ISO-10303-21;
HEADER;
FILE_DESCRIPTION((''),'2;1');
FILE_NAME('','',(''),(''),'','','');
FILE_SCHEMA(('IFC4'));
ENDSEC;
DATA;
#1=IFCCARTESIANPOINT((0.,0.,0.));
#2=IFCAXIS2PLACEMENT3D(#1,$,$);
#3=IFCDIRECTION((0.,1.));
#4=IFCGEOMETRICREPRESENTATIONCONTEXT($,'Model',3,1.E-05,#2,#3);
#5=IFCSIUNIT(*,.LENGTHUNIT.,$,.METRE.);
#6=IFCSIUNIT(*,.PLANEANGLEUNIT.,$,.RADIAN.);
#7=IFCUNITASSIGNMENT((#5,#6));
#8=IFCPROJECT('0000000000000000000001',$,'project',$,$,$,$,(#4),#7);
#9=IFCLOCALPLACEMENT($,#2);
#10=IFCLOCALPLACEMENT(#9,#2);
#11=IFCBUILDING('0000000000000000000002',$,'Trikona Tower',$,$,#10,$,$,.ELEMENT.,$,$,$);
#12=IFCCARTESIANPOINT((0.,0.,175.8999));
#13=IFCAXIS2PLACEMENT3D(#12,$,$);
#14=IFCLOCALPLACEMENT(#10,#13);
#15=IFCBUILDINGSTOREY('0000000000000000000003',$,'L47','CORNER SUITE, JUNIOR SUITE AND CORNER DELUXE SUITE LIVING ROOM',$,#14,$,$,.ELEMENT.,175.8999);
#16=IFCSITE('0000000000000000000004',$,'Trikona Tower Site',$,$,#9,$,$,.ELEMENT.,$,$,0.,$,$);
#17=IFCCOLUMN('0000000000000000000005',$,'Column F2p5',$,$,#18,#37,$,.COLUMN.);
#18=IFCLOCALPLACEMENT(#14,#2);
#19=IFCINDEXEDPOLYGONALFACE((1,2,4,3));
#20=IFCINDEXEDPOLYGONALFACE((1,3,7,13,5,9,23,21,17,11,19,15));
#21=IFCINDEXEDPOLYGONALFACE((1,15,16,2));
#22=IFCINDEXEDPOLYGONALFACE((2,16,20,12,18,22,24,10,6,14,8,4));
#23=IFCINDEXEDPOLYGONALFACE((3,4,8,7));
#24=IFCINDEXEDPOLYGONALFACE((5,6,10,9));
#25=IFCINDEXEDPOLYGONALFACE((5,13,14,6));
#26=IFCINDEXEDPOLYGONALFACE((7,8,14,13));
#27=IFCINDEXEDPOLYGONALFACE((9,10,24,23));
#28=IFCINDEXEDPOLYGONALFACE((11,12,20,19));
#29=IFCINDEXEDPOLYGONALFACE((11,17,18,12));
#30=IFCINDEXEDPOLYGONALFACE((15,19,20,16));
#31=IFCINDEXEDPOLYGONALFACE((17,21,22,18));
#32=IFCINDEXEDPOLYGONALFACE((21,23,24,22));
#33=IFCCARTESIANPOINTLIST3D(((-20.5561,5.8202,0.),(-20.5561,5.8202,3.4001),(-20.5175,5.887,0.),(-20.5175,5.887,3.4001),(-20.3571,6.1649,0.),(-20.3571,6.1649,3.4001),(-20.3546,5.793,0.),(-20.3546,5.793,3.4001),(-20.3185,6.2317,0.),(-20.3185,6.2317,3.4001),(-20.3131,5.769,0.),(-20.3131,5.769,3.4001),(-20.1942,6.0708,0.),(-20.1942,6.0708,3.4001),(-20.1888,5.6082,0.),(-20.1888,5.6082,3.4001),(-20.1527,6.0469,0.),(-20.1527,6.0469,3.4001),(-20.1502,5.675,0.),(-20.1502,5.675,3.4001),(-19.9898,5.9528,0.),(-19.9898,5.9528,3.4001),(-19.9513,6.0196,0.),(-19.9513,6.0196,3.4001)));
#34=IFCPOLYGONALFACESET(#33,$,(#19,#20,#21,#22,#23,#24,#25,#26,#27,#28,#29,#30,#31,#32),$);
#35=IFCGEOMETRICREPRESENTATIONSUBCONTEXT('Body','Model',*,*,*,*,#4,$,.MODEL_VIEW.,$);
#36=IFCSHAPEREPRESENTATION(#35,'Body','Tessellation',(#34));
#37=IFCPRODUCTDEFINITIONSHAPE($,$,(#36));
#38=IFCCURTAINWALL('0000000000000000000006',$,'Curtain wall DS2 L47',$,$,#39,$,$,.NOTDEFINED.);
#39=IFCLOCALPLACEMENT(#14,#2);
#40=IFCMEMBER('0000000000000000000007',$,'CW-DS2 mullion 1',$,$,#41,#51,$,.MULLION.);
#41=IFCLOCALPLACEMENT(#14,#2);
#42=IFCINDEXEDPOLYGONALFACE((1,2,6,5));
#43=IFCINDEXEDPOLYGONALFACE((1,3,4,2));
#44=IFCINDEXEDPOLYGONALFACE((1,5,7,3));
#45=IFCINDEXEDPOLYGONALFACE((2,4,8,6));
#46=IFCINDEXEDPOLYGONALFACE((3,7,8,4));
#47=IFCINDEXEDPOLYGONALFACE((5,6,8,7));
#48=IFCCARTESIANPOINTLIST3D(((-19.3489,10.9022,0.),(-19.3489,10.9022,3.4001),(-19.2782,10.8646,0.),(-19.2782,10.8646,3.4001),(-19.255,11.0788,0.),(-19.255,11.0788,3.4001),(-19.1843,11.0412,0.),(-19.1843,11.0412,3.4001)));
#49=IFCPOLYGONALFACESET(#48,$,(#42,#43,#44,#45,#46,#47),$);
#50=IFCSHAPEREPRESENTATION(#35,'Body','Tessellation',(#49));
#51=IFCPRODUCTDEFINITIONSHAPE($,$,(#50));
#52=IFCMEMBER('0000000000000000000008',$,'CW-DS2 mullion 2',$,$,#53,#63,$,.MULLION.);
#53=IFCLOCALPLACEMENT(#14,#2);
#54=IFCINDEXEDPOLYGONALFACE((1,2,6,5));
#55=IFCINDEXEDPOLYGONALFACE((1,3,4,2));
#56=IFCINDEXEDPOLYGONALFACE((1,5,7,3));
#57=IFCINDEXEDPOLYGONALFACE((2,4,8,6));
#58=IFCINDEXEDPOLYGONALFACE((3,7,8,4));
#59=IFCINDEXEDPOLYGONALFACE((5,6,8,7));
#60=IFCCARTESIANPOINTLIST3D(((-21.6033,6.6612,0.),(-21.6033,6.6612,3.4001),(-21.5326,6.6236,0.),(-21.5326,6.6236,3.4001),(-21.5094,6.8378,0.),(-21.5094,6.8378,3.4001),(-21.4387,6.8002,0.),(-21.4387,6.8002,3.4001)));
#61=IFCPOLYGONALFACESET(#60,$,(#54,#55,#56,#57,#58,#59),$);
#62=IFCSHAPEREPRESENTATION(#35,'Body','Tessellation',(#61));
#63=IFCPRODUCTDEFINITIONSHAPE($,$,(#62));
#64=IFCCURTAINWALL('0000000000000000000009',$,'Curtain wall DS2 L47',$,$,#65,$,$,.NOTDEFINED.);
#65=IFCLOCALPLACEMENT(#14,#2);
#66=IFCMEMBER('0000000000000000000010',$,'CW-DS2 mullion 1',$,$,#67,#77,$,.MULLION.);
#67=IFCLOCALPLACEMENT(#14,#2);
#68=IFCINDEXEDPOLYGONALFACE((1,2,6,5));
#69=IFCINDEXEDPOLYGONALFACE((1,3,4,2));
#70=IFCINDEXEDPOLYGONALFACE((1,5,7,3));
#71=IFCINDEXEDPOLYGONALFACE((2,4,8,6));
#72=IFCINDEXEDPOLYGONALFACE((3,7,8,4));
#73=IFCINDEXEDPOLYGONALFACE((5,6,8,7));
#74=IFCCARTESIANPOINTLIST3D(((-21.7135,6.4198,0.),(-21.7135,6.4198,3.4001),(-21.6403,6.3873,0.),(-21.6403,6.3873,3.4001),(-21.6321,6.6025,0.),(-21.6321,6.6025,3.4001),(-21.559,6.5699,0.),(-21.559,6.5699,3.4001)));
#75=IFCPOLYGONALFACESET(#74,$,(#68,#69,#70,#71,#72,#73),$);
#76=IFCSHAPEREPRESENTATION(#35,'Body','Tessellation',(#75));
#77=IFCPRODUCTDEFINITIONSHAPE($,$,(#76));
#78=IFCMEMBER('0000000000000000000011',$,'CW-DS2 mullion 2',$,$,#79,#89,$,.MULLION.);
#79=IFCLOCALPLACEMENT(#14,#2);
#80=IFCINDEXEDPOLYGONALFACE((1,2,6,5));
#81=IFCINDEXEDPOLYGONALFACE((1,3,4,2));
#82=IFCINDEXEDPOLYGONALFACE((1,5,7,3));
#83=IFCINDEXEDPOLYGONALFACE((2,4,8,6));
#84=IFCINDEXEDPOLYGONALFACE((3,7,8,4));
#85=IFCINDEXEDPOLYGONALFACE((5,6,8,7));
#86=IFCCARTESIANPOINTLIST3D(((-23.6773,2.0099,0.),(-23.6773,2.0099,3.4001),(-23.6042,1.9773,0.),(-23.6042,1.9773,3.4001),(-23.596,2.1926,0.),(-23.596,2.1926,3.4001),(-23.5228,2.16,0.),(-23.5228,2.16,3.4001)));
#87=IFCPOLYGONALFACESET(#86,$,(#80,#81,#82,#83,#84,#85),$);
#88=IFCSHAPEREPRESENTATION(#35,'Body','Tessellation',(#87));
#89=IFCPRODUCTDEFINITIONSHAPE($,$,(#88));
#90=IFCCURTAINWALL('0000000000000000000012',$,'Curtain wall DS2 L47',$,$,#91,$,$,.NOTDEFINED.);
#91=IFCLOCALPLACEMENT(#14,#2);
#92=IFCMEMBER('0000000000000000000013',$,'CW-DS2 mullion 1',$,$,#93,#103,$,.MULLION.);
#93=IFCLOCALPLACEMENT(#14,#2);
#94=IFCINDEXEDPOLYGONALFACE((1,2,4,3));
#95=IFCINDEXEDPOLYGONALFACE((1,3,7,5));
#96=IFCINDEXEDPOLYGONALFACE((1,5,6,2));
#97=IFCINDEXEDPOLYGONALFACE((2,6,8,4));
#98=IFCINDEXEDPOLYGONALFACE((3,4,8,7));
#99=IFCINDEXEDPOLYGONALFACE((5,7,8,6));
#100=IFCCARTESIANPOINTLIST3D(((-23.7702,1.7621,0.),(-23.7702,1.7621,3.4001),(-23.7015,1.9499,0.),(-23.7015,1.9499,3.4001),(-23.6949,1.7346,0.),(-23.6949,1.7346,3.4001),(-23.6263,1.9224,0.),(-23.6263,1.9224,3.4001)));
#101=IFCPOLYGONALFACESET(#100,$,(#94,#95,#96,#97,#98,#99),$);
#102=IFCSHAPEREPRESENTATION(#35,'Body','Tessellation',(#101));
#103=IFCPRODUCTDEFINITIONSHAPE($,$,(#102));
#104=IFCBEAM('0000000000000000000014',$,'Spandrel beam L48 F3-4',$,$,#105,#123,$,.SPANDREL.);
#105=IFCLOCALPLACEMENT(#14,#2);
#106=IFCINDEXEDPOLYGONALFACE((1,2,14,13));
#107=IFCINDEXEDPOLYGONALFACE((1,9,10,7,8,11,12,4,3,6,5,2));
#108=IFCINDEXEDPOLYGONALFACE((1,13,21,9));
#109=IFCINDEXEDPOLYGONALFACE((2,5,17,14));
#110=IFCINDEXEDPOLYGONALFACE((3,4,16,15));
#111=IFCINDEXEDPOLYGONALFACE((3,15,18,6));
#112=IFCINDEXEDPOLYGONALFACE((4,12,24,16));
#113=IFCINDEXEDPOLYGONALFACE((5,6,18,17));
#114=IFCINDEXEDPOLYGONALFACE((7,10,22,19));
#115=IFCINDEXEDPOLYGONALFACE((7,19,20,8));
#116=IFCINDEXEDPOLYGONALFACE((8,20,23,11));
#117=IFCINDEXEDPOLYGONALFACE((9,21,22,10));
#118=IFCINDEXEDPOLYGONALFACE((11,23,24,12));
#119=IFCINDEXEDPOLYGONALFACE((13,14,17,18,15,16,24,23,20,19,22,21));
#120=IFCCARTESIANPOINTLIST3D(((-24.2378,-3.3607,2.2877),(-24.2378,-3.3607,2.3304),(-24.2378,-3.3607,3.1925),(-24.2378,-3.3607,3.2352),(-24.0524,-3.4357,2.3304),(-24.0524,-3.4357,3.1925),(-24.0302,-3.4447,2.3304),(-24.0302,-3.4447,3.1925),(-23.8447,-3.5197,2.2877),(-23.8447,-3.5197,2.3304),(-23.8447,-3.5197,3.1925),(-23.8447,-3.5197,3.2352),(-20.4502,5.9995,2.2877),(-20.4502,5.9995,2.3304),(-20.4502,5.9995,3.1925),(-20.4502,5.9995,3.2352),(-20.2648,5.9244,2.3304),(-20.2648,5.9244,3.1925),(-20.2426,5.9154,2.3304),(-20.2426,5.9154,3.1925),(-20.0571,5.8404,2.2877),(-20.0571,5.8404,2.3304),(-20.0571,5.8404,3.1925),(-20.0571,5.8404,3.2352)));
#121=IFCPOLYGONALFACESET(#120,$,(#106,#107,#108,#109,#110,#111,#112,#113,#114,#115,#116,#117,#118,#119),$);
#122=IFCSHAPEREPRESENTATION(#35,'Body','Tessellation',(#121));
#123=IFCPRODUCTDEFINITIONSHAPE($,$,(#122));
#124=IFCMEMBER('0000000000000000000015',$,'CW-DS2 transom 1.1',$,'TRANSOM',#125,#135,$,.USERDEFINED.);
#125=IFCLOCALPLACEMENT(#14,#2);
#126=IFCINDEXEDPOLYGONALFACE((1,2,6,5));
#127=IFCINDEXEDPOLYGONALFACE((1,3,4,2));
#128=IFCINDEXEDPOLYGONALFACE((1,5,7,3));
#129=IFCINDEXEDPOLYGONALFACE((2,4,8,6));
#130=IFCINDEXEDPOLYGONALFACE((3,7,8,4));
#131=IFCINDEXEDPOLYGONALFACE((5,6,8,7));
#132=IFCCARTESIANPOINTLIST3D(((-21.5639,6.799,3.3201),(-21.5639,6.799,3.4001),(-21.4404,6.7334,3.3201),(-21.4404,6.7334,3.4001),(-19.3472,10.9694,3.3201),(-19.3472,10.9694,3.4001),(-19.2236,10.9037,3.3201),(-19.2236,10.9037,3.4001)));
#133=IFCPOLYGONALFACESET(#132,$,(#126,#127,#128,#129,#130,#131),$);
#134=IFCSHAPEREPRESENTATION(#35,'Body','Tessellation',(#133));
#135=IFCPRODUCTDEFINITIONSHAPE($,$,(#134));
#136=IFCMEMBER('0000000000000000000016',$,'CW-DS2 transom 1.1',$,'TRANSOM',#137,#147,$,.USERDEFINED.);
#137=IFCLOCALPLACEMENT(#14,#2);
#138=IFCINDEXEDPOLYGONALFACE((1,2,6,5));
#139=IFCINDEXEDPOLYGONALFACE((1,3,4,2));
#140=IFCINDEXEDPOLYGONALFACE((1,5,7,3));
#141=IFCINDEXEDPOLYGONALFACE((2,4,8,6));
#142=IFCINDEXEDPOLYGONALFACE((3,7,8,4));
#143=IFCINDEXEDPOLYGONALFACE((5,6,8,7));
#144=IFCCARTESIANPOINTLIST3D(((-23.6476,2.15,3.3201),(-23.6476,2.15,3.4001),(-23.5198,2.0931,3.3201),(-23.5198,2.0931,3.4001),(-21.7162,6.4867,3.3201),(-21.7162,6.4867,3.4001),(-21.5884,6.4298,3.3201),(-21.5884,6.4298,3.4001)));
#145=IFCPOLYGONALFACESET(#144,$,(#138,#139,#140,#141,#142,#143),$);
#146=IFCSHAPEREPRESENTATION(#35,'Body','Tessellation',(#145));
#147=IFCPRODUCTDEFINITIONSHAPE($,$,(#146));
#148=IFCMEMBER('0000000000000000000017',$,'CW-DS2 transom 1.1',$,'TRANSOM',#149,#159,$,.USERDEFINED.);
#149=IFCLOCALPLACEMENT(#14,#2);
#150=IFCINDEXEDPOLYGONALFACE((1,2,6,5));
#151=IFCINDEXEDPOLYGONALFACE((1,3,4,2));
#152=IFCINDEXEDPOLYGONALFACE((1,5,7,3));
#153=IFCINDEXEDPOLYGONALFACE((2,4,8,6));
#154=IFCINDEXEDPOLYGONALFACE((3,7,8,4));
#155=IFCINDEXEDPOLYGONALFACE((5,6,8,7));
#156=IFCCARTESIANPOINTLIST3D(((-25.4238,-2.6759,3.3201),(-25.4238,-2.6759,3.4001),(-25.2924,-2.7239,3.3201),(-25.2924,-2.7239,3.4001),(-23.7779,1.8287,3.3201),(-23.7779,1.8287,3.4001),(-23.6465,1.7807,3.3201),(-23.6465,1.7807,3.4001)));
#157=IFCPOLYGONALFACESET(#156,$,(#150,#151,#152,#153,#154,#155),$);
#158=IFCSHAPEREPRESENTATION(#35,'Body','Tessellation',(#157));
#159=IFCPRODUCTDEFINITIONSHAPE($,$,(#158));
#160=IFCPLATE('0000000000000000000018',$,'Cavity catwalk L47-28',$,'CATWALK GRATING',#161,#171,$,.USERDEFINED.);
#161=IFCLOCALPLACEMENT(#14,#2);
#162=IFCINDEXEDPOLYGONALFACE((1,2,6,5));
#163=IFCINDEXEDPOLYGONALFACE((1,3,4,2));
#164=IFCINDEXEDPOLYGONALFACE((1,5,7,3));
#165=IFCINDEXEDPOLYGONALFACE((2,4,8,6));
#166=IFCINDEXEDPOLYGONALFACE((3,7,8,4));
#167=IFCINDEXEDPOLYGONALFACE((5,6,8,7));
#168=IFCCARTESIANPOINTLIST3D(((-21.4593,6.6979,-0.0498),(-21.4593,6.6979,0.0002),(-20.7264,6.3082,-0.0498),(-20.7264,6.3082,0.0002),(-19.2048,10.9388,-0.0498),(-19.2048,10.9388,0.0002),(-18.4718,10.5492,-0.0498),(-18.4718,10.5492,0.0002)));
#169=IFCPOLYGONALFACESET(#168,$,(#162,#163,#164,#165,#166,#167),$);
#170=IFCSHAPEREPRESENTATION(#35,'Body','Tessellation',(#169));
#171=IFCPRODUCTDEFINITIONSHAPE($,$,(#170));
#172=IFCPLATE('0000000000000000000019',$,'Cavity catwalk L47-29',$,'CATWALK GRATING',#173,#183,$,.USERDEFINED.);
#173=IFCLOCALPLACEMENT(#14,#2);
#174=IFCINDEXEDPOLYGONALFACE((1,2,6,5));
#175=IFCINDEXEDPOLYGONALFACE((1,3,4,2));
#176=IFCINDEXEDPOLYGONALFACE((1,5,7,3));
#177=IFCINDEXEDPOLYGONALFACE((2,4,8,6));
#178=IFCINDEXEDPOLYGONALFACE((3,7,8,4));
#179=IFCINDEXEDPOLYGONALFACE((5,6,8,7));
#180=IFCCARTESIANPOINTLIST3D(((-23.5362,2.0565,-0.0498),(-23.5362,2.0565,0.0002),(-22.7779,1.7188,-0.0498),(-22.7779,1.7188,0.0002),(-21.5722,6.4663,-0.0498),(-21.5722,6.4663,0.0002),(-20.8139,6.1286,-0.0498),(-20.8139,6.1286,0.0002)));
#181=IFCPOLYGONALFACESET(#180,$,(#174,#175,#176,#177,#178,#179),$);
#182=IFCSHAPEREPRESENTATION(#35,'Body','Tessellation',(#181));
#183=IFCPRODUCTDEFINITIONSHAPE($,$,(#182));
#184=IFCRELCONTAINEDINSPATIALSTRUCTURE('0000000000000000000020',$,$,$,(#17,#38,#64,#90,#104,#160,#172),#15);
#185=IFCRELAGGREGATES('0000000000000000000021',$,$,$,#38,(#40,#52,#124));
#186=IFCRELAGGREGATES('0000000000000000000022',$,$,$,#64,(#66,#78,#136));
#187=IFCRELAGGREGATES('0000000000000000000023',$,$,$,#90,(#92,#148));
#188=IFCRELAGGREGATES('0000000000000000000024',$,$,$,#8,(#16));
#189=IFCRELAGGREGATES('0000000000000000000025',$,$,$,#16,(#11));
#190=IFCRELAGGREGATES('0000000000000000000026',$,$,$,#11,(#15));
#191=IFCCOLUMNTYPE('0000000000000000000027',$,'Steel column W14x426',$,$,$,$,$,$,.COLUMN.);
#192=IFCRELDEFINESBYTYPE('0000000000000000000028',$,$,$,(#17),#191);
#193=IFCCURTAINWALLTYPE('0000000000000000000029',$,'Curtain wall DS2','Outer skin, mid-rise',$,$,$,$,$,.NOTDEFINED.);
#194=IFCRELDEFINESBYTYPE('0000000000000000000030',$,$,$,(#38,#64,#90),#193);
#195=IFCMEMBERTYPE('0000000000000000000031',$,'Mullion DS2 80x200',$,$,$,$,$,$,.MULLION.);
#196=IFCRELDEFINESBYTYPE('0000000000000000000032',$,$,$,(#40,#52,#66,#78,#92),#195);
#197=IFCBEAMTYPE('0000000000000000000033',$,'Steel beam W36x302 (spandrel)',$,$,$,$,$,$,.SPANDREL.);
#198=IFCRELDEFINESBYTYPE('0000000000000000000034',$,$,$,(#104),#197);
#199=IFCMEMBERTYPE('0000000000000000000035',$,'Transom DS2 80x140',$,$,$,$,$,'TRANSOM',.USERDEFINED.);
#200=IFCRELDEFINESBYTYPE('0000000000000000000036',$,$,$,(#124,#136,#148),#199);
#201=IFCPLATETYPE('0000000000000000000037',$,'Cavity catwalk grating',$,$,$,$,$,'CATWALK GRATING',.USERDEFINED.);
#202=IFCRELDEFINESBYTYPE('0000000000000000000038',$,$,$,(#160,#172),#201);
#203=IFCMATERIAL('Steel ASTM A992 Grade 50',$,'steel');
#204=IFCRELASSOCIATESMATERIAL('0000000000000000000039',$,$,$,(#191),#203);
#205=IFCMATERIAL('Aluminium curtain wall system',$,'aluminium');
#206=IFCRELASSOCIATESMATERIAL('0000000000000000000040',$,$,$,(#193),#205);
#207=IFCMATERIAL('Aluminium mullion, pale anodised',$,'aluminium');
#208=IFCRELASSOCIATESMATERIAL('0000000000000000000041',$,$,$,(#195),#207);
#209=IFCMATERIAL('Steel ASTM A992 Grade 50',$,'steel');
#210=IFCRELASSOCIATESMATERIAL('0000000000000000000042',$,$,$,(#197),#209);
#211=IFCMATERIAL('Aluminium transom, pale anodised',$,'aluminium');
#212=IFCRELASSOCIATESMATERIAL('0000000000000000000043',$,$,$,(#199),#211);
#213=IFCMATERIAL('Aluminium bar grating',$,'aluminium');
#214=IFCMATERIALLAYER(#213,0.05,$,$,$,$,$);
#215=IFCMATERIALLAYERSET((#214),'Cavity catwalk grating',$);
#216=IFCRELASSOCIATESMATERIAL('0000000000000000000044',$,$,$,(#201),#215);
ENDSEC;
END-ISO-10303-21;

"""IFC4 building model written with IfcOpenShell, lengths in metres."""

from ifc_helpers import new_model, si_unit, direction, frame, origin, origin_2d, place, context, subcontext, project, spatial, rectangle, i_section, extrude, material, layer, layer_set, material_profile, profile_set, type_object, element, aggregate, save


model = new_model("IFC4")

# Units and contexts
model_context = context("Model", 3, precision=1e-05, world=origin(), true_north=direction((0.0, 1.0)))
body_context = subcontext(model_context, "Body", "Model", "MODEL_VIEW")
ifc_project = project(units=[si_unit("LENGTHUNIT", "METRE"), si_unit("PLANEANGLEUNIT", "RADIAN")], contexts=[model_context])

# Site, building, storey
site_placement = place(None, origin())
site = spatial("IfcSite", under=ifc_project, at=site_placement, Name="Trikona Tower Site", CompositionType="ELEMENT", RefElevation=0.0)
building_placement = place(site_placement, origin())
building = spatial("IfcBuilding", under=site, at=building_placement, Name="Trikona Tower", CompositionType="ELEMENT")
storey_placement = place(building_placement, frame((0.0, 0.0, 175.8999)))
storey = spatial("IfcBuildingStorey", under=building, at=storey_placement, Name="L47", Description="CORNER SUITE, JUNIOR SUITE AND CORNER DELUXE SUITE LIVING ROOM", CompositionType="ELEMENT", Elevation=175.8999)

# Column
ifc_material_1 = material(Name="Steel ASTM A992 Grade 50", Category="steel")
ifc_material_profile_1 = material_profile(ifc_material_1, i_section(OverallWidth=0.4241, OverallDepth=0.4751, WebThickness=0.0479, FlangeThickness=0.0771, at=origin_2d()), Name="W14X426")
ifc_profile_set_1 = profile_set([ifc_material_profile_1], Name="Steel ASTM A992 Grade 50")
column_type = type_object("IfcColumnType", Name="Steel column W14x426", PredefinedType="COLUMN", material=ifc_profile_set_1)
column_placement = place(storey_placement, frame((-20.2537, 5.9199, 0.0), z_axis=(0.0, 0.0, 1.0), x_axis=(-0.866025, 0.5, 0.0)))
element("IfcColumn", 1, at=column_placement, inside=storey, type_object=column_type, Name="Column F2p5", PredefinedType="COLUMN", context=body_context, shape_type="SweptSolid", body=[
    extrude(i_section(OverallWidth=0.4241, OverallDepth=0.4751, WebThickness=0.0479, FlangeThickness=0.0771, at=origin_2d()), origin(), (0.0, 0.0, 1.0), 3.4001),
])

# Curtain walls, members
ifc_material_2 = material(Name="Aluminium curtain wall system", Category="aluminium")
curtain_wall_type = type_object("IfcCurtainWallType", Name="Curtain wall DS2", Description="Outer skin, mid-rise", PredefinedType="NOTDEFINED", material=ifc_material_2)
curtain_wall_1_placement = place(storey_placement, origin())
curtain_wall_1 = element("IfcCurtainWall", 2, at=curtain_wall_1_placement, inside=storey, type_object=curtain_wall_type, Name="Curtain wall DS2 L47", PredefinedType="NOTDEFINED")
ifc_material_3 = material(Name="Aluminium mullion, pale anodised", Category="aluminium")
ifc_material_profile_2 = material_profile(ifc_material_3, rectangle(XDim=0.0801, YDim=0.2, at=origin_2d()), Name="MUL-DS2")
ifc_profile_set_2 = profile_set([ifc_material_profile_2], Name="Aluminium mullion, pale anodised")
member_type_1 = type_object("IfcMemberType", Name="Mullion DS2 80x200", PredefinedType="MULLION", material=ifc_profile_set_2)
member_1_placement = place(storey_placement, frame((-19.2666, 10.9717, 0.0), z_axis=(0.0, 0.0, 1.0), x_axis=(0.882996, -0.46938, 0.0)))
member_1 = element("IfcMember", 3, at=member_1_placement, type_object=member_type_1, Name="CW-DS2 mullion 1", PredefinedType="MULLION", context=body_context, shape_type="SweptSolid", body=[
    extrude(rectangle(XDim=0.0801, YDim=0.2, at=origin_2d()), origin(), (0.0, 0.0, 1.0), 3.4001),
])
member_2_placement = place(storey_placement, frame((-21.521, 6.7307, 0.0), z_axis=(0.0, 0.0, 1.0), x_axis=(0.882996, -0.46938, 0.0)))
member_2 = element("IfcMember", 4, at=member_2_placement, type_object=member_type_1, Name="CW-DS2 mullion 2", PredefinedType="MULLION", context=body_context, shape_type="SweptSolid", body=[
    extrude(rectangle(XDim=0.0801, YDim=0.2, at=origin_2d()), origin(), (0.0, 0.0, 1.0), 3.4001),
])
curtain_wall_2_placement = place(storey_placement, origin())
curtain_wall_2 = element("IfcCurtainWall", 5, at=curtain_wall_2_placement, inside=storey, type_object=curtain_wall_type, Name="Curtain wall DS2 L47", PredefinedType="NOTDEFINED")
member_3_placement = place(storey_placement, frame((-21.6362, 6.4949, 0.0), z_axis=(0.0, 0.0, 1.0), x_axis=(0.913501, -0.406836, 0.0)))
member_3 = element("IfcMember", 6, at=member_3_placement, type_object=member_type_1, Name="CW-DS2 mullion 1", PredefinedType="MULLION", context=body_context, shape_type="SweptSolid", body=[
    extrude(rectangle(XDim=0.0801, YDim=0.2, at=origin_2d()), origin(), (0.0, 0.0, 1.0), 3.4001),
])
member_4_placement = place(storey_placement, frame((-23.6001, 2.085, 0.0), z_axis=(0.0, 0.0, 1.0), x_axis=(0.913501, -0.406836, 0.0)))
member_4 = element("IfcMember", 7, at=member_4_placement, type_object=member_type_1, Name="CW-DS2 mullion 2", PredefinedType="MULLION", context=body_context, shape_type="SweptSolid", body=[
    extrude(rectangle(XDim=0.0801, YDim=0.2, at=origin_2d()), origin(), (0.0, 0.0, 1.0), 3.4001),
])

# Curtain wall, member
curtain_wall_3_placement = place(storey_placement, origin())
curtain_wall_3 = element("IfcCurtainWall", 8, at=curtain_wall_3_placement, inside=storey, type_object=curtain_wall_type, Name="Curtain wall DS2 L47", PredefinedType="NOTDEFINED")
member_5_placement = place(storey_placement, frame((-23.6982, 1.8423, 0.0), z_axis=(0.0, 0.0, 1.0), x_axis=(0.939254, -0.343223, 0.0)))
member_5 = element("IfcMember", 9, at=member_5_placement, type_object=member_type_1, Name="CW-DS2 mullion 1", PredefinedType="MULLION", context=body_context, shape_type="SweptSolid", body=[
    extrude(rectangle(XDim=0.0801, YDim=0.2, at=origin_2d()), origin(), (0.0, 0.0, 1.0), 3.4001),
])

# Beam
ifc_material_4 = material(Name="Steel ASTM A992 Grade 50", Category="steel")
ifc_material_profile_3 = material_profile(ifc_material_4, i_section(OverallWidth=0.4241, OverallDepth=0.9475, WebThickness=0.0239, FlangeThickness=0.0427, at=origin_2d()), Name="W36X302")
ifc_profile_set_3 = profile_set([ifc_material_profile_3], Name="Steel ASTM A992 Grade 50")
beam_type = type_object("IfcBeamType", Name="Steel beam W36x302 (spandrel)", PredefinedType="SPANDREL", material=ifc_profile_set_3)
beam_placement = place(storey_placement, frame((-20.2537, 5.9199, 2.7615), z_axis=(-0.375106, -0.926982, 0.0), x_axis=(0.926982, -0.375106, 0.0)))
element("IfcBeam", 10, at=beam_placement, inside=storey, type_object=beam_type, Name="Spandrel beam L48 F3-4", PredefinedType="SPANDREL", context=body_context, shape_type="SweptSolid", body=[
    extrude(i_section(OverallWidth=0.4241, OverallDepth=0.9475, WebThickness=0.0239, FlangeThickness=0.0427, at=origin_2d()), origin(), (0.0, 0.0, 1.0), 10.0974),
])

# Members
ifc_material_5 = material(Name="Aluminium transom, pale anodised", Category="aluminium")
ifc_material_profile_4 = material_profile(ifc_material_5, rectangle(XDim=0.1399, YDim=0.0801, at=origin_2d()), Name="TRN-DS2")
ifc_profile_set_4 = profile_set([ifc_material_profile_4], Name="Aluminium transom, pale anodised")
member_type_2 = type_object("IfcMemberType", Name="Transom DS2 80x140", ElementType="TRANSOM", PredefinedType="USERDEFINED", material=ifc_profile_set_4)
member_6_placement = place(storey_placement, frame((-19.2854, 10.9365, 3.3601), z_axis=(-0.469364, -0.883005, 0.0), x_axis=(0.883005, -0.469364, 0.0)))
member_6 = element("IfcMember", 11, at=member_6_placement, type_object=member_type_2, Name="CW-DS2 transom 1.1", ObjectType="TRANSOM", PredefinedType="USERDEFINED", context=body_context, shape_type="SweptSolid", body=[
    extrude(rectangle(XDim=0.1399, YDim=0.0801, at=origin_2d()), origin(), (0.0, 0.0, 1.0), 4.7229),
])
member_7_placement = place(storey_placement, frame((-21.6523, 6.4583, 3.3601), z_axis=(-0.40684, -0.9135, 0.0), x_axis=(0.9135, -0.40684, 0.0)))
member_7 = element("IfcMember", 12, at=member_7_placement, type_object=member_type_2, Name="CW-DS2 transom 1.1", ObjectType="TRANSOM", PredefinedType="USERDEFINED", context=body_context, shape_type="SweptSolid", body=[
    extrude(rectangle(XDim=0.1399, YDim=0.0801, at=origin_2d()), origin(), (0.0, 0.0, 1.0), 4.7473),
])
member_8_placement = place(storey_placement, frame((-23.7122, 1.8047, 3.3601), z_axis=(-0.343206, -0.93926, 0.0), x_axis=(0.93926, -0.343206, 0.0)))
member_8 = element("IfcMember", 13, at=member_8_placement, type_object=member_type_2, Name="CW-DS2 transom 1.1", ObjectType="TRANSOM", PredefinedType="USERDEFINED", context=body_context, shape_type="SweptSolid", body=[
    extrude(rectangle(XDim=0.1399, YDim=0.0801, at=origin_2d()), origin(), (0.0, 0.0, 1.0), 4.7959),
])

# Plates
ifc_material_6 = material(Name="Aluminium bar grating", Category="aluminium")
ifc_layer_1 = layer(ifc_material_6, 0.05)
ifc_layer_set_1 = layer_set([ifc_layer_1], Name="Cavity catwalk grating")
plate_type_1 = type_object("IfcPlateType", Name="Cavity catwalk grating", ElementType="CATWALK GRATING", PredefinedType="USERDEFINED", material=ifc_layer_set_1)
plate_1_placement = place(storey_placement, frame((-19.9656, 8.6235, -0.0498), z_axis=(0.0, 0.0, 1.0), x_axis=(-0.469398, -0.882987, 0.0)))
element("IfcPlate", 14, at=plate_1_placement, inside=storey, type_object=plate_type_1, Name="Cavity catwalk L47-28", ObjectType="CATWALK GRATING", PredefinedType="USERDEFINED", context=body_context, shape_type="SweptSolid", body=[
    extrude(rectangle(XDim=4.803, YDim=0.8301, at=origin_2d()), origin(), (0.0, 0.0, 1.0), 0.05),
])
plate_2_placement = place(storey_placement, frame((-22.175, 4.0925, -0.0498), z_axis=(0.0, 0.0, 1.0), x_axis=(-0.406843, -0.913498, 0.0)))
element("IfcPlate", 15, at=plate_2_placement, inside=storey, type_object=plate_type_1, Name="Cavity catwalk L47-29", ObjectType="CATWALK GRATING", PredefinedType="USERDEFINED", context=body_context, shape_type="SweptSolid", body=[
    extrude(rectangle(XDim=4.8274, YDim=0.8301, at=origin_2d()), origin(), (0.0, 0.0, 1.0), 0.05),
])

aggregate(curtain_wall_1, [member_1, member_2, member_6])
aggregate(curtain_wall_2, [member_3, member_4, member_7])
aggregate(curtain_wall_3, [member_5, member_8])

save(model, "model.ifc")
